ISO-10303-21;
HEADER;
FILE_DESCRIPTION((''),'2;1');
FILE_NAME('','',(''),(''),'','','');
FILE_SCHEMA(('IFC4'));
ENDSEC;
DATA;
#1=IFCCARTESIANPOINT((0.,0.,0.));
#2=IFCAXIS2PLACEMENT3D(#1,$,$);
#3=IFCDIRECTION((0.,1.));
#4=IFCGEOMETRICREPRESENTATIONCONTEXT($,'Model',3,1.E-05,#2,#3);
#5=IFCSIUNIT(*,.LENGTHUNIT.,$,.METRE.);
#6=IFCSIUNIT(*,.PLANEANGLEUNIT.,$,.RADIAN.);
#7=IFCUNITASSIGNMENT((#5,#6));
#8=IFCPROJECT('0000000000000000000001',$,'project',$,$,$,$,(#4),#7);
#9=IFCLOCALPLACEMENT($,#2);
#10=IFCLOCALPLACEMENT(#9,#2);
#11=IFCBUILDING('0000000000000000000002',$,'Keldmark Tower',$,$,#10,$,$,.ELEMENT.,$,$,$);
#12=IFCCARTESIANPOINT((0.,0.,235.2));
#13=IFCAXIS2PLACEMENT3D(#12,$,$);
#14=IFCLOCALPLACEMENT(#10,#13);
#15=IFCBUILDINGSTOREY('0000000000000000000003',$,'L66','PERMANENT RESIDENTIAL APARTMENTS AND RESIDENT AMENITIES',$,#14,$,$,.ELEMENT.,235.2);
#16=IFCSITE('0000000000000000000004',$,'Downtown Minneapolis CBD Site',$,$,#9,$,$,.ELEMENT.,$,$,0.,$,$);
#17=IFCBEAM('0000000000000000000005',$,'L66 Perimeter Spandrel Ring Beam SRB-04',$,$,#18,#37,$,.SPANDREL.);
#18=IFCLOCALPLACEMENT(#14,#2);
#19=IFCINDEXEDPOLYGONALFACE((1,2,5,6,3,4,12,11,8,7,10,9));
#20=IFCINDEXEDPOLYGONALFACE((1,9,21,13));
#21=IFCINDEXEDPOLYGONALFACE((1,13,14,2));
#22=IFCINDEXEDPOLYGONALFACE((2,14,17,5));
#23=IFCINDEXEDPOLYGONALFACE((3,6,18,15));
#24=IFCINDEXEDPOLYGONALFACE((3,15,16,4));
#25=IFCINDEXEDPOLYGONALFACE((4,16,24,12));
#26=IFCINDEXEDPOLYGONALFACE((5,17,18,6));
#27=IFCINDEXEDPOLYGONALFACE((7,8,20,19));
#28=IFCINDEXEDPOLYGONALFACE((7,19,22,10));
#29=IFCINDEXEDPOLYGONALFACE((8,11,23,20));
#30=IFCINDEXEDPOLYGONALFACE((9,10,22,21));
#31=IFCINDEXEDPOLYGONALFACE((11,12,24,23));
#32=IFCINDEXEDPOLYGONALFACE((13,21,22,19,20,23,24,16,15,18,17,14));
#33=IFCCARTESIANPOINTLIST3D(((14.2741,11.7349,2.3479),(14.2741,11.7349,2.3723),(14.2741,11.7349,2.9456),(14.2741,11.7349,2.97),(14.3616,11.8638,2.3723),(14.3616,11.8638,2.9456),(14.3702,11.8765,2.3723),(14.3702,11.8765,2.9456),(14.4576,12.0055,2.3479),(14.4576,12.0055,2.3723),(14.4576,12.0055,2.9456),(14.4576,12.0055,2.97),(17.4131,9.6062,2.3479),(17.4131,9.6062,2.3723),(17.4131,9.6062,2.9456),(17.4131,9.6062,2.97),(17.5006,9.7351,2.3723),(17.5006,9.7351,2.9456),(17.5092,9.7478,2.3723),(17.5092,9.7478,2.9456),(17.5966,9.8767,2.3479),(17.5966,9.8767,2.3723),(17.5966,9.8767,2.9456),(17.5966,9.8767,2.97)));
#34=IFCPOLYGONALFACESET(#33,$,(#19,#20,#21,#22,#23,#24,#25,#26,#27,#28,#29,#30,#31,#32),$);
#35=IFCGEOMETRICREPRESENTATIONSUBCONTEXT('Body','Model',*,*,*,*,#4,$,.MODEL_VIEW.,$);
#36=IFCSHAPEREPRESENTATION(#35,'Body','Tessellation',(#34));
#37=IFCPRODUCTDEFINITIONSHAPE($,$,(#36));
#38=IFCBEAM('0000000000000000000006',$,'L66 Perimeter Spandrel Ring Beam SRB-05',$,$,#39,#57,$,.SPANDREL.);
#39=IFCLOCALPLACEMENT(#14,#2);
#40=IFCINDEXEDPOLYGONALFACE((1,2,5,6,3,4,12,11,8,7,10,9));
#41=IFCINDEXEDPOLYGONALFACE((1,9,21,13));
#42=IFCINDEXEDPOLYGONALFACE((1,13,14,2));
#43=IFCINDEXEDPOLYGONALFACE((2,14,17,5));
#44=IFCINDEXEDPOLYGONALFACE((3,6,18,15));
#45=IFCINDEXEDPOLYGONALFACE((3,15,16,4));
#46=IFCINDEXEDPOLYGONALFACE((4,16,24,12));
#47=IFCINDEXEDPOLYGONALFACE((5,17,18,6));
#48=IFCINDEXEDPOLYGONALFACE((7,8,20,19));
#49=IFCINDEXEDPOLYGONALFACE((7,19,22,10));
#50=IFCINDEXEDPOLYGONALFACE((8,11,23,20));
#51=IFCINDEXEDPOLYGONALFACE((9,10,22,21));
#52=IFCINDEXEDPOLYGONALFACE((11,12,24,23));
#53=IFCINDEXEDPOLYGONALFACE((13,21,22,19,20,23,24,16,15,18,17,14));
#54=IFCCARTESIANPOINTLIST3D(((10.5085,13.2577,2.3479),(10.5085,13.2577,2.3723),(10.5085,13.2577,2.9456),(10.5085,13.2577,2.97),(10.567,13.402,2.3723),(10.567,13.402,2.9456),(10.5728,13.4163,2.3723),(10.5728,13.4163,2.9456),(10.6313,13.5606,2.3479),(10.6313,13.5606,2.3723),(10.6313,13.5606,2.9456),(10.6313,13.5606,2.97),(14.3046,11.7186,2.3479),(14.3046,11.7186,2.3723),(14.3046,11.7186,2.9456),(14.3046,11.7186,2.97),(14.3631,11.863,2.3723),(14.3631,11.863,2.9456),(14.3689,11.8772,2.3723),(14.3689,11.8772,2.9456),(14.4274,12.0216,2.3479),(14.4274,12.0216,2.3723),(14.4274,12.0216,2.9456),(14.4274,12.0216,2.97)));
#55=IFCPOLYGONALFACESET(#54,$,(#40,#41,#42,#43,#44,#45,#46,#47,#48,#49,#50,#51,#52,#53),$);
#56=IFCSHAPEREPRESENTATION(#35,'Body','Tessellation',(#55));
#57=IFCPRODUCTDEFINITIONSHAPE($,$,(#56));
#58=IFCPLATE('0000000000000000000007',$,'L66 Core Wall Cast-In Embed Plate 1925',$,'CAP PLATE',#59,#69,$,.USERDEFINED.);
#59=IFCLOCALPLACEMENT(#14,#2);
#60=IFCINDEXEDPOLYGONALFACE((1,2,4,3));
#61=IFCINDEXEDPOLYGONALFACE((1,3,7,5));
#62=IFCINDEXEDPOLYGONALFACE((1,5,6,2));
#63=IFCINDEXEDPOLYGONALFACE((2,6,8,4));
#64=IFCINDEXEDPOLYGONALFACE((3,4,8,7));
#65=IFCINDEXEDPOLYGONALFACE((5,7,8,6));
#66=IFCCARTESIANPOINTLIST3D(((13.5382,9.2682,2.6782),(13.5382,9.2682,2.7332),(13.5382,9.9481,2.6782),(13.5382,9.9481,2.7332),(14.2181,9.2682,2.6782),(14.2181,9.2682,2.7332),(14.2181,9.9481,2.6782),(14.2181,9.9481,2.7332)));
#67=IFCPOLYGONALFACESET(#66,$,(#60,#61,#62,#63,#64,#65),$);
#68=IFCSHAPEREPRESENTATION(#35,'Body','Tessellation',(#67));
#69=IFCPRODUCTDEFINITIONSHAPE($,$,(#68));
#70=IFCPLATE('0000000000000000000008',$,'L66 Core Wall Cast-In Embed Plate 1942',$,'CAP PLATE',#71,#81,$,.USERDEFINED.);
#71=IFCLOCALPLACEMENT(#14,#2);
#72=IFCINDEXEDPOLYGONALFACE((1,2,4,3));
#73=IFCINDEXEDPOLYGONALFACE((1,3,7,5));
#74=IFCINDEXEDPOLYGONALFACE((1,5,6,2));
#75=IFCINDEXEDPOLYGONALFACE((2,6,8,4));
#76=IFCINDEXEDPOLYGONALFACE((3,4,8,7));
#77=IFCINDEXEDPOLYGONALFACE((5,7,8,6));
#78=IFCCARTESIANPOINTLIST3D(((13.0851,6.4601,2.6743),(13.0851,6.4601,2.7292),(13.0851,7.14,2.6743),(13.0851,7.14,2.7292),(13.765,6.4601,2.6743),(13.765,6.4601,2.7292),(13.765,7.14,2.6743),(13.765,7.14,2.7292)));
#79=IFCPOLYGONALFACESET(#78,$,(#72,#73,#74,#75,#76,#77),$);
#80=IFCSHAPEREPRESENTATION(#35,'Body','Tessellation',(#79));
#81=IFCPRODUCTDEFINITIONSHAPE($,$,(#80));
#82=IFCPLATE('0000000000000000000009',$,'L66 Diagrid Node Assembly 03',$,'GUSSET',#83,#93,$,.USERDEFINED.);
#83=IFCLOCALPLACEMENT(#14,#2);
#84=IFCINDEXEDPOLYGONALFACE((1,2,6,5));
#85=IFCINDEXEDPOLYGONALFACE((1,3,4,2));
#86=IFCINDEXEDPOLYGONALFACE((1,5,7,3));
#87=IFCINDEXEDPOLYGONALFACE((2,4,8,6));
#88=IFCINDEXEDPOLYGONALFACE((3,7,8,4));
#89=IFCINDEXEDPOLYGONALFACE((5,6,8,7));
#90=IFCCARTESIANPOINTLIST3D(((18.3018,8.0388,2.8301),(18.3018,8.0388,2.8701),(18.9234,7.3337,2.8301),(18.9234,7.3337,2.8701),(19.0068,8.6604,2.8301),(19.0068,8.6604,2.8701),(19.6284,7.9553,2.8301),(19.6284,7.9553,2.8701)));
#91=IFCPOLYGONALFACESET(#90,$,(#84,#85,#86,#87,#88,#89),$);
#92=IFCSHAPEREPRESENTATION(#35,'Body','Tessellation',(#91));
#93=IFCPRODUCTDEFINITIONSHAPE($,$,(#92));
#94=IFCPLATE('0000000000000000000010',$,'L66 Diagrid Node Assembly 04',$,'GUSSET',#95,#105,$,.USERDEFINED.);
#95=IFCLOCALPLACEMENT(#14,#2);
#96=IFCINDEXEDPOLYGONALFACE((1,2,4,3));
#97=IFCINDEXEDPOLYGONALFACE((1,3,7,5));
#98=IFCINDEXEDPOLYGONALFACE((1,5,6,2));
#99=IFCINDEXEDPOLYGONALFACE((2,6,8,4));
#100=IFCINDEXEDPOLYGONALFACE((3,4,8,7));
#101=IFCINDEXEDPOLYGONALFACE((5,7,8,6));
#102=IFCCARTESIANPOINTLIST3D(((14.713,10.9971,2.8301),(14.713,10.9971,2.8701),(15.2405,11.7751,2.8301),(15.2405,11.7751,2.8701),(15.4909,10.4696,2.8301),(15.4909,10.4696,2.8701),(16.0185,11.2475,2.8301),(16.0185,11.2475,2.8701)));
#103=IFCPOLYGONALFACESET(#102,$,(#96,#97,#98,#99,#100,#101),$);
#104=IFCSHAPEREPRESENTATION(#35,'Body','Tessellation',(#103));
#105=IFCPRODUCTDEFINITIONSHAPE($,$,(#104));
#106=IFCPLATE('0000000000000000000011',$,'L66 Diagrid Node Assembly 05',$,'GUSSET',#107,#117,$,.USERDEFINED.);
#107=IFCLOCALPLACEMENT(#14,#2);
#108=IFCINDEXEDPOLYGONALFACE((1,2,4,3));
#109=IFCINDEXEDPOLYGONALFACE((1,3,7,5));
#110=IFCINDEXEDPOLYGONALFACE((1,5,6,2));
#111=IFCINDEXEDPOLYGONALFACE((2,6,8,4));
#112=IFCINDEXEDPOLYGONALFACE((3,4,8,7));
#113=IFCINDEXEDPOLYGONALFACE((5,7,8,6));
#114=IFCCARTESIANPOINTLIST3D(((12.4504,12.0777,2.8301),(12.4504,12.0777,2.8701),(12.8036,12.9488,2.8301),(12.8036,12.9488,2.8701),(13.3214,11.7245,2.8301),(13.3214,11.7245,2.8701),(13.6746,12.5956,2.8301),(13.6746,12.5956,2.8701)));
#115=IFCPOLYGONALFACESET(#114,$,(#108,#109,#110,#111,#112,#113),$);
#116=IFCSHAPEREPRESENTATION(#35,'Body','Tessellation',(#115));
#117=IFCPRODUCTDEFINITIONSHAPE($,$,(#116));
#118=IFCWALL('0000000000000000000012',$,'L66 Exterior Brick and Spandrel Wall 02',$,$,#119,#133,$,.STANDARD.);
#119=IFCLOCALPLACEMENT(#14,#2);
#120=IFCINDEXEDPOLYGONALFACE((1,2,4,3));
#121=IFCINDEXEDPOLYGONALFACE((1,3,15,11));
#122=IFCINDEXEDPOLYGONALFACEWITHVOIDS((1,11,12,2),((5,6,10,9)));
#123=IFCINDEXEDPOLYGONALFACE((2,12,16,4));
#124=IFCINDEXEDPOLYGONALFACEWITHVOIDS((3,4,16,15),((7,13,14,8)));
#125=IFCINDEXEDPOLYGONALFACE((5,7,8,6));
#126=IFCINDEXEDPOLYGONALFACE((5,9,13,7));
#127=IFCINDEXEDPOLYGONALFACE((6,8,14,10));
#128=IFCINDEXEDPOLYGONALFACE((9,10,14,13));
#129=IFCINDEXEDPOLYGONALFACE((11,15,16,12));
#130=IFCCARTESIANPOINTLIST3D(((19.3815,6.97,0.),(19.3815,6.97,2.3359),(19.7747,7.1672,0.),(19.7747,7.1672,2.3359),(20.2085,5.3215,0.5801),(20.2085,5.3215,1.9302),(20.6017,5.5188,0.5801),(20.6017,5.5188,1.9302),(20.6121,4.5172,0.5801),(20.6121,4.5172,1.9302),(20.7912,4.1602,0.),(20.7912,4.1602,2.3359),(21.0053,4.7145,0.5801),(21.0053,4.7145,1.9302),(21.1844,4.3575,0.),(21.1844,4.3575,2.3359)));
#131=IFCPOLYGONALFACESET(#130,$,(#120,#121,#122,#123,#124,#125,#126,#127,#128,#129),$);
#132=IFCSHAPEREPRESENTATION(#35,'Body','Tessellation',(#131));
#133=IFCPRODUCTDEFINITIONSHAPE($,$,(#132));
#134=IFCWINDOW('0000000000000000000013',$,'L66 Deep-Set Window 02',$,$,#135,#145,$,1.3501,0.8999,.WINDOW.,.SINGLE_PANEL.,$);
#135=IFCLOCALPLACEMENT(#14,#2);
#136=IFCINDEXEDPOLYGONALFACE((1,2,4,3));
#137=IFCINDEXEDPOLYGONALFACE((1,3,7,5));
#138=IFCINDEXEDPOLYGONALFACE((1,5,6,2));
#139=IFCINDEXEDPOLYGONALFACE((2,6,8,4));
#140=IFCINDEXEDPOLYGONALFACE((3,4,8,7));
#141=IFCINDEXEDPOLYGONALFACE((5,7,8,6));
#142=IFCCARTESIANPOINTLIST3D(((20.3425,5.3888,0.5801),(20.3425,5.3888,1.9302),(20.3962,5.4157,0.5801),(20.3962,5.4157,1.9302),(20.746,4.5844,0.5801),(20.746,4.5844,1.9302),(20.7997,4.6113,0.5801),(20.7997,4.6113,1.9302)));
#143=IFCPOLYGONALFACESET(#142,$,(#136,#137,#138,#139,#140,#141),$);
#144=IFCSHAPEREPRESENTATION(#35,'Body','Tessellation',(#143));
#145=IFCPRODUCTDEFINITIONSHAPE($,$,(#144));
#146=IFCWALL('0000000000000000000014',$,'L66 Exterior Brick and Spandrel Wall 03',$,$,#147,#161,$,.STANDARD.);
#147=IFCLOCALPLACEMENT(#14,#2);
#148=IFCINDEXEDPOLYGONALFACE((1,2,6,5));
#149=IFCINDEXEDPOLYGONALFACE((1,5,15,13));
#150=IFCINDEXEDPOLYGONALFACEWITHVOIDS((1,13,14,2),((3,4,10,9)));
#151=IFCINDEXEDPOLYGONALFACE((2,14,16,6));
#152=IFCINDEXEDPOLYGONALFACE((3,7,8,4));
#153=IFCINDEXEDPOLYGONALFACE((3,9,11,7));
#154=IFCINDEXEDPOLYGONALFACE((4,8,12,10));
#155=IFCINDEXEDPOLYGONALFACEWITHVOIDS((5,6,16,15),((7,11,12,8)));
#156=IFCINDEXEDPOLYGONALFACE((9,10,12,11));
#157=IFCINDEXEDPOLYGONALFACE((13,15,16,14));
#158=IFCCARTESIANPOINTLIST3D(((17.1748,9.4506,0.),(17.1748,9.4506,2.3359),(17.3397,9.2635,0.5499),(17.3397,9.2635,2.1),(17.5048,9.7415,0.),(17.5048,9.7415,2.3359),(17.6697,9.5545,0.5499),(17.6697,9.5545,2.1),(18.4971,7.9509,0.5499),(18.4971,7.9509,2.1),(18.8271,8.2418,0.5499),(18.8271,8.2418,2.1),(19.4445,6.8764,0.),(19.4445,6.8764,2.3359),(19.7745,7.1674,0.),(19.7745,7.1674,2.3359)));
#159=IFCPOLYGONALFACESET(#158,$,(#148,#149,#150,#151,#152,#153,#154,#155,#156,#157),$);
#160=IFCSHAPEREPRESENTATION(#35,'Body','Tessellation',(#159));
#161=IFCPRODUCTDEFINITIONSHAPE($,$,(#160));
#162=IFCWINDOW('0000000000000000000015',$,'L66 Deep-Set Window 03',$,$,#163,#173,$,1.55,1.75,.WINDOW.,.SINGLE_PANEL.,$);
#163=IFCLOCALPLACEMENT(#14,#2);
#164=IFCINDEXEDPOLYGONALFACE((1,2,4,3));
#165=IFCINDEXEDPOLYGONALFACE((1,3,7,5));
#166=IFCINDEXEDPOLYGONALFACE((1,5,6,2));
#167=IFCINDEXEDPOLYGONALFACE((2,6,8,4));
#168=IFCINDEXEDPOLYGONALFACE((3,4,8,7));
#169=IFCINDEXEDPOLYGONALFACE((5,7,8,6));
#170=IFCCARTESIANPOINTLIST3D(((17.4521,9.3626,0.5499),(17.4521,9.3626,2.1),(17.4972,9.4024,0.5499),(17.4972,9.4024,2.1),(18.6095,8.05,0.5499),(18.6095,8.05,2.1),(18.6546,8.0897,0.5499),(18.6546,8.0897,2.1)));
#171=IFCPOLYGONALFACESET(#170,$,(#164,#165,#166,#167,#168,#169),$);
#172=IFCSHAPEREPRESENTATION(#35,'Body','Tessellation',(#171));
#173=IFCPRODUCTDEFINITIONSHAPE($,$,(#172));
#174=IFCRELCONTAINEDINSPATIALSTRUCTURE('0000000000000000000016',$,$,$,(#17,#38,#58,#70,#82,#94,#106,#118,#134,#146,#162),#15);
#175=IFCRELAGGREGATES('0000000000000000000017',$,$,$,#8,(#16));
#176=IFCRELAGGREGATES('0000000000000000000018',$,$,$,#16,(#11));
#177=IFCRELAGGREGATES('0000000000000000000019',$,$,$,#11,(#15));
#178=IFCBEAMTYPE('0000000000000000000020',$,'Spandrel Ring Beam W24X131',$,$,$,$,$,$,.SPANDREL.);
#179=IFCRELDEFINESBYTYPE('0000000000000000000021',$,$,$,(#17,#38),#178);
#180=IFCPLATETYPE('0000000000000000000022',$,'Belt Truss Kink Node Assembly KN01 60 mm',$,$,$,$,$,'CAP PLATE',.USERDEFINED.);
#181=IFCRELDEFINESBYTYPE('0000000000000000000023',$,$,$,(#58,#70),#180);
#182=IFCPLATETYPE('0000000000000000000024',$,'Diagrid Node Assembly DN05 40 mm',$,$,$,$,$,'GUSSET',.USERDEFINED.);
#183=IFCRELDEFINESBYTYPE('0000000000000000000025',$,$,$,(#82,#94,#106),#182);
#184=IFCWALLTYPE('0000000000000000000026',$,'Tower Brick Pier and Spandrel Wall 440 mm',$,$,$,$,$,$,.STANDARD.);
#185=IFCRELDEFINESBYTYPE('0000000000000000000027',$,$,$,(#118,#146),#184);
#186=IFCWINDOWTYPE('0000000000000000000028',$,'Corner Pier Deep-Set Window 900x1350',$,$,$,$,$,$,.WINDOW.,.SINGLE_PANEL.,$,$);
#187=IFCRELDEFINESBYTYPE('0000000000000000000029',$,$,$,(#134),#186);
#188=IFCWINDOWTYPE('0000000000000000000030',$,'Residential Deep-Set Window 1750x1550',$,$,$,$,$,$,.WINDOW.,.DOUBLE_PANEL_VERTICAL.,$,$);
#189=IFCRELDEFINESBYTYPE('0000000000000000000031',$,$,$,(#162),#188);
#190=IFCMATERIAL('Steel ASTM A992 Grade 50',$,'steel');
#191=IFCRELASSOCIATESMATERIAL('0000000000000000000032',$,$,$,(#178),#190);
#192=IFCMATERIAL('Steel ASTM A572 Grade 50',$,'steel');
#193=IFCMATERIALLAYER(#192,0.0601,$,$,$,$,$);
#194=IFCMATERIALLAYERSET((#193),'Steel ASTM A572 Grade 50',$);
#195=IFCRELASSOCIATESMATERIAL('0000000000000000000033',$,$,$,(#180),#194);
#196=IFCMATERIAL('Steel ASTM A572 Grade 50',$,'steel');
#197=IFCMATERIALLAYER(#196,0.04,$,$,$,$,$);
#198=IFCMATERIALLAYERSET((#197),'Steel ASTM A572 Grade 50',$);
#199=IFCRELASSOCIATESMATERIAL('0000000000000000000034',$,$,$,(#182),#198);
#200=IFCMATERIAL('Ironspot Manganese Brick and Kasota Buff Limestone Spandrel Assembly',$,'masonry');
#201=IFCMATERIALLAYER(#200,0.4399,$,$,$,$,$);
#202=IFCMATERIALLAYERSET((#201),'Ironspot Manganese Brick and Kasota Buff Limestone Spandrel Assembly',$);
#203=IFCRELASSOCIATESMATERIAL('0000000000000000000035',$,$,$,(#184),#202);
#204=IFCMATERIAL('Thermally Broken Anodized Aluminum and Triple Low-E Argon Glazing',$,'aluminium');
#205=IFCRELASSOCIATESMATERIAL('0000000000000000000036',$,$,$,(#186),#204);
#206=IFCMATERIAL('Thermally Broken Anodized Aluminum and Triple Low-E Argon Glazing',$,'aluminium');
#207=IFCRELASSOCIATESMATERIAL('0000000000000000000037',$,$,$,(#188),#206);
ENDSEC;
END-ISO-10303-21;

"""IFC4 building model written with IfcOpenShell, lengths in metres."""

from ifc_helpers import new_model, si_unit, direction, frame, frame_2d, origin, origin_2d, place, context, subcontext, project, spatial, rectangle, i_section, extrude, material, layer, layer_set, material_profile, profile_set, type_object, element, fill, save


model = new_model("IFC4")

# Units and contexts
model_context = context("Model", 3, precision=1e-05, world=origin(), true_north=direction((0.0, 1.0)))
body_context = subcontext(model_context, "Body", "Model", "MODEL_VIEW")
ifc_project = project(units=[si_unit("LENGTHUNIT", "METRE"), si_unit("PLANEANGLEUNIT", "RADIAN")], contexts=[model_context])

# Site, building, storey
site_placement = place(None, origin())
site = spatial("IfcSite", under=ifc_project, at=site_placement, Name="Downtown Minneapolis CBD Site", CompositionType="ELEMENT", RefElevation=0.0)
building_placement = place(site_placement, origin())
building = spatial("IfcBuilding", under=site, at=building_placement, Name="Keldmark Tower", CompositionType="ELEMENT")
storey_placement = place(building_placement, frame((0.0, 0.0, 235.2)))
storey = spatial("IfcBuildingStorey", under=building, at=storey_placement, Name="L66", Description="PERMANENT RESIDENTIAL APARTMENTS AND RESIDENT AMENITIES", CompositionType="ELEMENT", Elevation=235.2)

# Beams
ifc_material_1 = material(Name="Steel ASTM A992 Grade 50", Category="steel")
ifc_material_profile_1 = material_profile(ifc_material_1, i_section(OverallWidth=0.3269, OverallDepth=0.6221, WebThickness=0.0154, FlangeThickness=0.0244, at=origin_2d()), Name="W24X131")
ifc_profile_set_1 = profile_set([ifc_material_profile_1], Name="Steel ASTM A992 Grade 50")
beam_type_1 = type_object("IfcBeamType", Name="Spandrel Ring Beam W24X131", PredefinedType="SPANDREL", material=ifc_profile_set_1)
beam_1_placement = place(storey_placement, frame((17.5049, 9.7415, 2.6589), z_axis=(-0.827637, 0.561264, 0.0), x_axis=(-0.561264, -0.827637, 0.0)))
element("IfcBeam", 1, at=beam_1_placement, inside=storey, type_object=beam_type_1, Name="L66 Perimeter Spandrel Ring Beam SRB-04", PredefinedType="SPANDREL", context=body_context, shape_type="SweptSolid", body=[
    extrude(i_section(OverallWidth=0.3269, OverallDepth=0.6221, WebThickness=0.0154, FlangeThickness=0.0244, at=origin_2d()), origin(), (0.0, 0.0, 1.0), 3.7927),
])
beam_2_placement = place(storey_placement, frame((14.366, 11.8701, 2.6589), z_axis=(-0.926732, 0.375723, 0.0), x_axis=(-0.375723, -0.926732, 0.0)))
element("IfcBeam", 2, at=beam_2_placement, inside=storey, type_object=beam_type_1, Name="L66 Perimeter Spandrel Ring Beam SRB-05", PredefinedType="SPANDREL", context=body_context, shape_type="SweptSolid", body=[
    extrude(i_section(OverallWidth=0.3269, OverallDepth=0.6221, WebThickness=0.0154, FlangeThickness=0.0244, at=origin_2d()), origin(), (0.0, 0.0, 1.0), 4.0962),
])

# Plates
ifc_material_2 = material(Name="Steel ASTM A572 Grade 50", Category="steel")
ifc_layer_1 = layer(ifc_material_2, 0.0601)
ifc_layer_set_1 = layer_set([ifc_layer_1], Name="Steel ASTM A572 Grade 50")
plate_type_1 = type_object("IfcPlateType", Name="Belt Truss Kink Node Assembly KN01 60 mm", ElementType="CAP PLATE", PredefinedType="USERDEFINED", material=ifc_layer_set_1)
for number, where, z_axis, x_axis, name in (
    (3, (13.8782, 9.6082, 2.6782), (0.0, 0.0, 1.0), (1.0, 0.0, 0.0), "L66 Core Wall Cast-In Embed Plate 1925"),
    (4, (13.425, 6.8, 2.6743), (0.0, 0.0, 1.0), (1.0, 0.0, 0.0), "L66 Core Wall Cast-In Embed Plate 1942"),
):
    element("IfcPlate", number, at=place(storey_placement, frame(where, z_axis=z_axis, x_axis=x_axis)), inside=storey, type_object=plate_type_1, Name=name, ObjectType="CAP PLATE", PredefinedType="USERDEFINED", context=body_context, shape_type="SweptSolid", body=[
        extrude(rectangle(XDim=0.6799, YDim=0.6799, at=origin_2d()), origin(), (0.0, 0.0, 1.0), 0.0549),
    ])
ifc_material_3 = material(Name="Steel ASTM A572 Grade 50", Category="steel")
ifc_layer_2 = layer(ifc_material_3, 0.04)
ifc_layer_set_2 = layer_set([ifc_layer_2], Name="Steel ASTM A572 Grade 50")
plate_type_2 = type_object("IfcPlateType", Name="Diagrid Node Assembly DN05 40 mm", ElementType="GUSSET", PredefinedType="USERDEFINED", material=ifc_layer_set_2)
for number, where, z_axis, x_axis, name in (
    (5, (18.9651, 7.9971, 2.8301), (0.0, 0.0, 1.0), (-0.661312, 0.750111, 0.0), "L66 Diagrid Node Assembly 03"),
    (6, (15.3657, 11.1223, 2.8301), (0.0, 0.0, 1.0), (-0.827669, 0.561217, 0.0), "L66 Diagrid Node Assembly 04"),
    (7, (13.0625, 12.3367, 2.8301), (0.0, 0.0, 1.0), (-0.926725, 0.375739, 0.0), "L66 Diagrid Node Assembly 05"),
):
    element("IfcPlate", number, at=place(storey_placement, frame(where, z_axis=z_axis, x_axis=x_axis)), inside=storey, type_object=plate_type_2, Name=name, ObjectType="GUSSET", PredefinedType="USERDEFINED", context=body_context, shape_type="SweptSolid", body=[
        extrude(rectangle(XDim=0.9399, YDim=0.9399, at=origin_2d()), origin(), (0.0, 0.0, 1.0), 0.04),
    ])

# Walls, openings, windows
ifc_material_4 = material(Name="Ironspot Manganese Brick and Kasota Buff Limestone Spandrel Assembly", Category="masonry")
ifc_layer_3 = layer(ifc_material_4, 0.4399)
ifc_layer_set_3 = layer_set([ifc_layer_3], Name="Ironspot Manganese Brick and Kasota Buff Limestone Spandrel Assembly")
wall_type = type_object("IfcWallType", Name="Tower Brick Pier and Spandrel Wall 440 mm", PredefinedType="STANDARD", material=ifc_layer_set_3)
wall_1_placement = place(storey_placement, frame((19.5781, 7.0686, 0.0), z_axis=(0.0, 0.0, 1.0), x_axis=(0.448425, -0.893821, 0.0)))
wall_1 = element("IfcWall", 8, at=wall_1_placement, inside=storey, type_object=wall_type, Name="L66 Exterior Brick and Spandrel Wall 02", PredefinedType="STANDARD", context=body_context, shape_type="SweptSolid", body=[
    extrude(rectangle(XDim=3.1436, YDim=0.4399, at=frame_2d((1.5718, 0.0))), origin(), (0.0, 0.0, 1.0), 2.3359),
])
opening_1_placement = place(wall_1_placement, frame((1.8442, 0.0, 0.5801)))
opening_1 = element("IfcOpeningElement", 9, at=opening_1_placement, cuts=wall_1, PredefinedType="OPENING", context=body_context, shape_type="SweptSolid", body=[
    extrude(rectangle(XDim=0.8999, YDim=1.3501, at=frame_2d((0.45, 0.675))), frame((0.0, 0.23, 0.0), z_axis=(0.0, -1.0, 0.0), x_axis=(1.0, 0.0, 0.0)), (0.0, 0.0, 1.0), 0.46),
])
ifc_material_5 = material(Name="Thermally Broken Anodized Aluminum and Triple Low-E Argon Glazing", Category="aluminium")
window_type_1 = type_object("IfcWindowType", Name="Corner Pier Deep-Set Window 900x1350", PartitioningType="SINGLE_PANEL", PredefinedType="WINDOW", material=ifc_material_5)
window_1_placement = place(opening_1_placement, origin())
window_1 = element("IfcWindow", 10, at=window_1_placement, inside=storey, type_object=window_type_1, Name="L66 Deep-Set Window 02", OverallHeight=1.3501, OverallWidth=0.8999, PartitioningType="SINGLE_PANEL", PredefinedType="WINDOW", context=body_context, shape_type="SweptSolid", body=[
    extrude(rectangle(XDim=0.8999, YDim=1.3501, at=frame_2d((0.45, 0.675))), frame((0.0, -0.01, 0.0), z_axis=(0.0, -1.0, 0.0), x_axis=(1.0, 0.0, 0.0)), (0.0, 0.0, 1.0), 0.0601),
])
fill(opening_1, window_1)
wall_2_placement = place(storey_placement, frame((17.3398, 9.5959, 0.0), z_axis=(0.0, 0.0, 1.0), x_axis=(0.66136, -0.750068, 0.0)))
wall_2 = element("IfcWall", 11, at=wall_2_placement, inside=storey, type_object=wall_type, Name="L66 Exterior Brick and Spandrel Wall 03", PredefinedType="STANDARD", context=body_context, shape_type="SweptSolid", body=[
    extrude(rectangle(XDim=3.4319, YDim=0.4399, at=frame_2d((1.7158, 0.0))), origin(), (0.0, 0.0, 1.0), 2.3359),
])
opening_2_placement = place(wall_2_placement, frame((0.2493, 0.0, 0.55)))
opening_2 = element("IfcOpeningElement", 12, at=opening_2_placement, cuts=wall_2, PredefinedType="OPENING", context=body_context, shape_type="SweptSolid", body=[
    extrude(rectangle(XDim=1.75, YDim=1.55, at=frame_2d((0.875, 0.7749))), frame((0.0, 0.23, 0.0), z_axis=(0.0, -1.0, 0.0), x_axis=(1.0, 0.0, 0.0)), (0.0, 0.0, 1.0), 0.46),
])
ifc_material_6 = material(Name="Thermally Broken Anodized Aluminum and Triple Low-E Argon Glazing", Category="aluminium")
window_type_2 = type_object("IfcWindowType", Name="Residential Deep-Set Window 1750x1550", PartitioningType="DOUBLE_PANEL_VERTICAL", PredefinedType="WINDOW", material=ifc_material_6)
window_2_placement = place(opening_2_placement, origin())
window_2 = element("IfcWindow", 13, at=window_2_placement, inside=storey, type_object=window_type_2, Name="L66 Deep-Set Window 03", OverallHeight=1.55, OverallWidth=1.75, PartitioningType="SINGLE_PANEL", PredefinedType="WINDOW", context=body_context, shape_type="SweptSolid", body=[
    extrude(rectangle(XDim=1.75, YDim=1.55, at=frame_2d((0.875, 0.7749))), frame((0.0, -0.01, 0.0), z_axis=(0.0, -1.0, 0.0), x_axis=(1.0, 0.0, 0.0)), (0.0, 0.0, 1.0), 0.0601),
])
fill(opening_2, window_2)

save(model, "model.ifc")
